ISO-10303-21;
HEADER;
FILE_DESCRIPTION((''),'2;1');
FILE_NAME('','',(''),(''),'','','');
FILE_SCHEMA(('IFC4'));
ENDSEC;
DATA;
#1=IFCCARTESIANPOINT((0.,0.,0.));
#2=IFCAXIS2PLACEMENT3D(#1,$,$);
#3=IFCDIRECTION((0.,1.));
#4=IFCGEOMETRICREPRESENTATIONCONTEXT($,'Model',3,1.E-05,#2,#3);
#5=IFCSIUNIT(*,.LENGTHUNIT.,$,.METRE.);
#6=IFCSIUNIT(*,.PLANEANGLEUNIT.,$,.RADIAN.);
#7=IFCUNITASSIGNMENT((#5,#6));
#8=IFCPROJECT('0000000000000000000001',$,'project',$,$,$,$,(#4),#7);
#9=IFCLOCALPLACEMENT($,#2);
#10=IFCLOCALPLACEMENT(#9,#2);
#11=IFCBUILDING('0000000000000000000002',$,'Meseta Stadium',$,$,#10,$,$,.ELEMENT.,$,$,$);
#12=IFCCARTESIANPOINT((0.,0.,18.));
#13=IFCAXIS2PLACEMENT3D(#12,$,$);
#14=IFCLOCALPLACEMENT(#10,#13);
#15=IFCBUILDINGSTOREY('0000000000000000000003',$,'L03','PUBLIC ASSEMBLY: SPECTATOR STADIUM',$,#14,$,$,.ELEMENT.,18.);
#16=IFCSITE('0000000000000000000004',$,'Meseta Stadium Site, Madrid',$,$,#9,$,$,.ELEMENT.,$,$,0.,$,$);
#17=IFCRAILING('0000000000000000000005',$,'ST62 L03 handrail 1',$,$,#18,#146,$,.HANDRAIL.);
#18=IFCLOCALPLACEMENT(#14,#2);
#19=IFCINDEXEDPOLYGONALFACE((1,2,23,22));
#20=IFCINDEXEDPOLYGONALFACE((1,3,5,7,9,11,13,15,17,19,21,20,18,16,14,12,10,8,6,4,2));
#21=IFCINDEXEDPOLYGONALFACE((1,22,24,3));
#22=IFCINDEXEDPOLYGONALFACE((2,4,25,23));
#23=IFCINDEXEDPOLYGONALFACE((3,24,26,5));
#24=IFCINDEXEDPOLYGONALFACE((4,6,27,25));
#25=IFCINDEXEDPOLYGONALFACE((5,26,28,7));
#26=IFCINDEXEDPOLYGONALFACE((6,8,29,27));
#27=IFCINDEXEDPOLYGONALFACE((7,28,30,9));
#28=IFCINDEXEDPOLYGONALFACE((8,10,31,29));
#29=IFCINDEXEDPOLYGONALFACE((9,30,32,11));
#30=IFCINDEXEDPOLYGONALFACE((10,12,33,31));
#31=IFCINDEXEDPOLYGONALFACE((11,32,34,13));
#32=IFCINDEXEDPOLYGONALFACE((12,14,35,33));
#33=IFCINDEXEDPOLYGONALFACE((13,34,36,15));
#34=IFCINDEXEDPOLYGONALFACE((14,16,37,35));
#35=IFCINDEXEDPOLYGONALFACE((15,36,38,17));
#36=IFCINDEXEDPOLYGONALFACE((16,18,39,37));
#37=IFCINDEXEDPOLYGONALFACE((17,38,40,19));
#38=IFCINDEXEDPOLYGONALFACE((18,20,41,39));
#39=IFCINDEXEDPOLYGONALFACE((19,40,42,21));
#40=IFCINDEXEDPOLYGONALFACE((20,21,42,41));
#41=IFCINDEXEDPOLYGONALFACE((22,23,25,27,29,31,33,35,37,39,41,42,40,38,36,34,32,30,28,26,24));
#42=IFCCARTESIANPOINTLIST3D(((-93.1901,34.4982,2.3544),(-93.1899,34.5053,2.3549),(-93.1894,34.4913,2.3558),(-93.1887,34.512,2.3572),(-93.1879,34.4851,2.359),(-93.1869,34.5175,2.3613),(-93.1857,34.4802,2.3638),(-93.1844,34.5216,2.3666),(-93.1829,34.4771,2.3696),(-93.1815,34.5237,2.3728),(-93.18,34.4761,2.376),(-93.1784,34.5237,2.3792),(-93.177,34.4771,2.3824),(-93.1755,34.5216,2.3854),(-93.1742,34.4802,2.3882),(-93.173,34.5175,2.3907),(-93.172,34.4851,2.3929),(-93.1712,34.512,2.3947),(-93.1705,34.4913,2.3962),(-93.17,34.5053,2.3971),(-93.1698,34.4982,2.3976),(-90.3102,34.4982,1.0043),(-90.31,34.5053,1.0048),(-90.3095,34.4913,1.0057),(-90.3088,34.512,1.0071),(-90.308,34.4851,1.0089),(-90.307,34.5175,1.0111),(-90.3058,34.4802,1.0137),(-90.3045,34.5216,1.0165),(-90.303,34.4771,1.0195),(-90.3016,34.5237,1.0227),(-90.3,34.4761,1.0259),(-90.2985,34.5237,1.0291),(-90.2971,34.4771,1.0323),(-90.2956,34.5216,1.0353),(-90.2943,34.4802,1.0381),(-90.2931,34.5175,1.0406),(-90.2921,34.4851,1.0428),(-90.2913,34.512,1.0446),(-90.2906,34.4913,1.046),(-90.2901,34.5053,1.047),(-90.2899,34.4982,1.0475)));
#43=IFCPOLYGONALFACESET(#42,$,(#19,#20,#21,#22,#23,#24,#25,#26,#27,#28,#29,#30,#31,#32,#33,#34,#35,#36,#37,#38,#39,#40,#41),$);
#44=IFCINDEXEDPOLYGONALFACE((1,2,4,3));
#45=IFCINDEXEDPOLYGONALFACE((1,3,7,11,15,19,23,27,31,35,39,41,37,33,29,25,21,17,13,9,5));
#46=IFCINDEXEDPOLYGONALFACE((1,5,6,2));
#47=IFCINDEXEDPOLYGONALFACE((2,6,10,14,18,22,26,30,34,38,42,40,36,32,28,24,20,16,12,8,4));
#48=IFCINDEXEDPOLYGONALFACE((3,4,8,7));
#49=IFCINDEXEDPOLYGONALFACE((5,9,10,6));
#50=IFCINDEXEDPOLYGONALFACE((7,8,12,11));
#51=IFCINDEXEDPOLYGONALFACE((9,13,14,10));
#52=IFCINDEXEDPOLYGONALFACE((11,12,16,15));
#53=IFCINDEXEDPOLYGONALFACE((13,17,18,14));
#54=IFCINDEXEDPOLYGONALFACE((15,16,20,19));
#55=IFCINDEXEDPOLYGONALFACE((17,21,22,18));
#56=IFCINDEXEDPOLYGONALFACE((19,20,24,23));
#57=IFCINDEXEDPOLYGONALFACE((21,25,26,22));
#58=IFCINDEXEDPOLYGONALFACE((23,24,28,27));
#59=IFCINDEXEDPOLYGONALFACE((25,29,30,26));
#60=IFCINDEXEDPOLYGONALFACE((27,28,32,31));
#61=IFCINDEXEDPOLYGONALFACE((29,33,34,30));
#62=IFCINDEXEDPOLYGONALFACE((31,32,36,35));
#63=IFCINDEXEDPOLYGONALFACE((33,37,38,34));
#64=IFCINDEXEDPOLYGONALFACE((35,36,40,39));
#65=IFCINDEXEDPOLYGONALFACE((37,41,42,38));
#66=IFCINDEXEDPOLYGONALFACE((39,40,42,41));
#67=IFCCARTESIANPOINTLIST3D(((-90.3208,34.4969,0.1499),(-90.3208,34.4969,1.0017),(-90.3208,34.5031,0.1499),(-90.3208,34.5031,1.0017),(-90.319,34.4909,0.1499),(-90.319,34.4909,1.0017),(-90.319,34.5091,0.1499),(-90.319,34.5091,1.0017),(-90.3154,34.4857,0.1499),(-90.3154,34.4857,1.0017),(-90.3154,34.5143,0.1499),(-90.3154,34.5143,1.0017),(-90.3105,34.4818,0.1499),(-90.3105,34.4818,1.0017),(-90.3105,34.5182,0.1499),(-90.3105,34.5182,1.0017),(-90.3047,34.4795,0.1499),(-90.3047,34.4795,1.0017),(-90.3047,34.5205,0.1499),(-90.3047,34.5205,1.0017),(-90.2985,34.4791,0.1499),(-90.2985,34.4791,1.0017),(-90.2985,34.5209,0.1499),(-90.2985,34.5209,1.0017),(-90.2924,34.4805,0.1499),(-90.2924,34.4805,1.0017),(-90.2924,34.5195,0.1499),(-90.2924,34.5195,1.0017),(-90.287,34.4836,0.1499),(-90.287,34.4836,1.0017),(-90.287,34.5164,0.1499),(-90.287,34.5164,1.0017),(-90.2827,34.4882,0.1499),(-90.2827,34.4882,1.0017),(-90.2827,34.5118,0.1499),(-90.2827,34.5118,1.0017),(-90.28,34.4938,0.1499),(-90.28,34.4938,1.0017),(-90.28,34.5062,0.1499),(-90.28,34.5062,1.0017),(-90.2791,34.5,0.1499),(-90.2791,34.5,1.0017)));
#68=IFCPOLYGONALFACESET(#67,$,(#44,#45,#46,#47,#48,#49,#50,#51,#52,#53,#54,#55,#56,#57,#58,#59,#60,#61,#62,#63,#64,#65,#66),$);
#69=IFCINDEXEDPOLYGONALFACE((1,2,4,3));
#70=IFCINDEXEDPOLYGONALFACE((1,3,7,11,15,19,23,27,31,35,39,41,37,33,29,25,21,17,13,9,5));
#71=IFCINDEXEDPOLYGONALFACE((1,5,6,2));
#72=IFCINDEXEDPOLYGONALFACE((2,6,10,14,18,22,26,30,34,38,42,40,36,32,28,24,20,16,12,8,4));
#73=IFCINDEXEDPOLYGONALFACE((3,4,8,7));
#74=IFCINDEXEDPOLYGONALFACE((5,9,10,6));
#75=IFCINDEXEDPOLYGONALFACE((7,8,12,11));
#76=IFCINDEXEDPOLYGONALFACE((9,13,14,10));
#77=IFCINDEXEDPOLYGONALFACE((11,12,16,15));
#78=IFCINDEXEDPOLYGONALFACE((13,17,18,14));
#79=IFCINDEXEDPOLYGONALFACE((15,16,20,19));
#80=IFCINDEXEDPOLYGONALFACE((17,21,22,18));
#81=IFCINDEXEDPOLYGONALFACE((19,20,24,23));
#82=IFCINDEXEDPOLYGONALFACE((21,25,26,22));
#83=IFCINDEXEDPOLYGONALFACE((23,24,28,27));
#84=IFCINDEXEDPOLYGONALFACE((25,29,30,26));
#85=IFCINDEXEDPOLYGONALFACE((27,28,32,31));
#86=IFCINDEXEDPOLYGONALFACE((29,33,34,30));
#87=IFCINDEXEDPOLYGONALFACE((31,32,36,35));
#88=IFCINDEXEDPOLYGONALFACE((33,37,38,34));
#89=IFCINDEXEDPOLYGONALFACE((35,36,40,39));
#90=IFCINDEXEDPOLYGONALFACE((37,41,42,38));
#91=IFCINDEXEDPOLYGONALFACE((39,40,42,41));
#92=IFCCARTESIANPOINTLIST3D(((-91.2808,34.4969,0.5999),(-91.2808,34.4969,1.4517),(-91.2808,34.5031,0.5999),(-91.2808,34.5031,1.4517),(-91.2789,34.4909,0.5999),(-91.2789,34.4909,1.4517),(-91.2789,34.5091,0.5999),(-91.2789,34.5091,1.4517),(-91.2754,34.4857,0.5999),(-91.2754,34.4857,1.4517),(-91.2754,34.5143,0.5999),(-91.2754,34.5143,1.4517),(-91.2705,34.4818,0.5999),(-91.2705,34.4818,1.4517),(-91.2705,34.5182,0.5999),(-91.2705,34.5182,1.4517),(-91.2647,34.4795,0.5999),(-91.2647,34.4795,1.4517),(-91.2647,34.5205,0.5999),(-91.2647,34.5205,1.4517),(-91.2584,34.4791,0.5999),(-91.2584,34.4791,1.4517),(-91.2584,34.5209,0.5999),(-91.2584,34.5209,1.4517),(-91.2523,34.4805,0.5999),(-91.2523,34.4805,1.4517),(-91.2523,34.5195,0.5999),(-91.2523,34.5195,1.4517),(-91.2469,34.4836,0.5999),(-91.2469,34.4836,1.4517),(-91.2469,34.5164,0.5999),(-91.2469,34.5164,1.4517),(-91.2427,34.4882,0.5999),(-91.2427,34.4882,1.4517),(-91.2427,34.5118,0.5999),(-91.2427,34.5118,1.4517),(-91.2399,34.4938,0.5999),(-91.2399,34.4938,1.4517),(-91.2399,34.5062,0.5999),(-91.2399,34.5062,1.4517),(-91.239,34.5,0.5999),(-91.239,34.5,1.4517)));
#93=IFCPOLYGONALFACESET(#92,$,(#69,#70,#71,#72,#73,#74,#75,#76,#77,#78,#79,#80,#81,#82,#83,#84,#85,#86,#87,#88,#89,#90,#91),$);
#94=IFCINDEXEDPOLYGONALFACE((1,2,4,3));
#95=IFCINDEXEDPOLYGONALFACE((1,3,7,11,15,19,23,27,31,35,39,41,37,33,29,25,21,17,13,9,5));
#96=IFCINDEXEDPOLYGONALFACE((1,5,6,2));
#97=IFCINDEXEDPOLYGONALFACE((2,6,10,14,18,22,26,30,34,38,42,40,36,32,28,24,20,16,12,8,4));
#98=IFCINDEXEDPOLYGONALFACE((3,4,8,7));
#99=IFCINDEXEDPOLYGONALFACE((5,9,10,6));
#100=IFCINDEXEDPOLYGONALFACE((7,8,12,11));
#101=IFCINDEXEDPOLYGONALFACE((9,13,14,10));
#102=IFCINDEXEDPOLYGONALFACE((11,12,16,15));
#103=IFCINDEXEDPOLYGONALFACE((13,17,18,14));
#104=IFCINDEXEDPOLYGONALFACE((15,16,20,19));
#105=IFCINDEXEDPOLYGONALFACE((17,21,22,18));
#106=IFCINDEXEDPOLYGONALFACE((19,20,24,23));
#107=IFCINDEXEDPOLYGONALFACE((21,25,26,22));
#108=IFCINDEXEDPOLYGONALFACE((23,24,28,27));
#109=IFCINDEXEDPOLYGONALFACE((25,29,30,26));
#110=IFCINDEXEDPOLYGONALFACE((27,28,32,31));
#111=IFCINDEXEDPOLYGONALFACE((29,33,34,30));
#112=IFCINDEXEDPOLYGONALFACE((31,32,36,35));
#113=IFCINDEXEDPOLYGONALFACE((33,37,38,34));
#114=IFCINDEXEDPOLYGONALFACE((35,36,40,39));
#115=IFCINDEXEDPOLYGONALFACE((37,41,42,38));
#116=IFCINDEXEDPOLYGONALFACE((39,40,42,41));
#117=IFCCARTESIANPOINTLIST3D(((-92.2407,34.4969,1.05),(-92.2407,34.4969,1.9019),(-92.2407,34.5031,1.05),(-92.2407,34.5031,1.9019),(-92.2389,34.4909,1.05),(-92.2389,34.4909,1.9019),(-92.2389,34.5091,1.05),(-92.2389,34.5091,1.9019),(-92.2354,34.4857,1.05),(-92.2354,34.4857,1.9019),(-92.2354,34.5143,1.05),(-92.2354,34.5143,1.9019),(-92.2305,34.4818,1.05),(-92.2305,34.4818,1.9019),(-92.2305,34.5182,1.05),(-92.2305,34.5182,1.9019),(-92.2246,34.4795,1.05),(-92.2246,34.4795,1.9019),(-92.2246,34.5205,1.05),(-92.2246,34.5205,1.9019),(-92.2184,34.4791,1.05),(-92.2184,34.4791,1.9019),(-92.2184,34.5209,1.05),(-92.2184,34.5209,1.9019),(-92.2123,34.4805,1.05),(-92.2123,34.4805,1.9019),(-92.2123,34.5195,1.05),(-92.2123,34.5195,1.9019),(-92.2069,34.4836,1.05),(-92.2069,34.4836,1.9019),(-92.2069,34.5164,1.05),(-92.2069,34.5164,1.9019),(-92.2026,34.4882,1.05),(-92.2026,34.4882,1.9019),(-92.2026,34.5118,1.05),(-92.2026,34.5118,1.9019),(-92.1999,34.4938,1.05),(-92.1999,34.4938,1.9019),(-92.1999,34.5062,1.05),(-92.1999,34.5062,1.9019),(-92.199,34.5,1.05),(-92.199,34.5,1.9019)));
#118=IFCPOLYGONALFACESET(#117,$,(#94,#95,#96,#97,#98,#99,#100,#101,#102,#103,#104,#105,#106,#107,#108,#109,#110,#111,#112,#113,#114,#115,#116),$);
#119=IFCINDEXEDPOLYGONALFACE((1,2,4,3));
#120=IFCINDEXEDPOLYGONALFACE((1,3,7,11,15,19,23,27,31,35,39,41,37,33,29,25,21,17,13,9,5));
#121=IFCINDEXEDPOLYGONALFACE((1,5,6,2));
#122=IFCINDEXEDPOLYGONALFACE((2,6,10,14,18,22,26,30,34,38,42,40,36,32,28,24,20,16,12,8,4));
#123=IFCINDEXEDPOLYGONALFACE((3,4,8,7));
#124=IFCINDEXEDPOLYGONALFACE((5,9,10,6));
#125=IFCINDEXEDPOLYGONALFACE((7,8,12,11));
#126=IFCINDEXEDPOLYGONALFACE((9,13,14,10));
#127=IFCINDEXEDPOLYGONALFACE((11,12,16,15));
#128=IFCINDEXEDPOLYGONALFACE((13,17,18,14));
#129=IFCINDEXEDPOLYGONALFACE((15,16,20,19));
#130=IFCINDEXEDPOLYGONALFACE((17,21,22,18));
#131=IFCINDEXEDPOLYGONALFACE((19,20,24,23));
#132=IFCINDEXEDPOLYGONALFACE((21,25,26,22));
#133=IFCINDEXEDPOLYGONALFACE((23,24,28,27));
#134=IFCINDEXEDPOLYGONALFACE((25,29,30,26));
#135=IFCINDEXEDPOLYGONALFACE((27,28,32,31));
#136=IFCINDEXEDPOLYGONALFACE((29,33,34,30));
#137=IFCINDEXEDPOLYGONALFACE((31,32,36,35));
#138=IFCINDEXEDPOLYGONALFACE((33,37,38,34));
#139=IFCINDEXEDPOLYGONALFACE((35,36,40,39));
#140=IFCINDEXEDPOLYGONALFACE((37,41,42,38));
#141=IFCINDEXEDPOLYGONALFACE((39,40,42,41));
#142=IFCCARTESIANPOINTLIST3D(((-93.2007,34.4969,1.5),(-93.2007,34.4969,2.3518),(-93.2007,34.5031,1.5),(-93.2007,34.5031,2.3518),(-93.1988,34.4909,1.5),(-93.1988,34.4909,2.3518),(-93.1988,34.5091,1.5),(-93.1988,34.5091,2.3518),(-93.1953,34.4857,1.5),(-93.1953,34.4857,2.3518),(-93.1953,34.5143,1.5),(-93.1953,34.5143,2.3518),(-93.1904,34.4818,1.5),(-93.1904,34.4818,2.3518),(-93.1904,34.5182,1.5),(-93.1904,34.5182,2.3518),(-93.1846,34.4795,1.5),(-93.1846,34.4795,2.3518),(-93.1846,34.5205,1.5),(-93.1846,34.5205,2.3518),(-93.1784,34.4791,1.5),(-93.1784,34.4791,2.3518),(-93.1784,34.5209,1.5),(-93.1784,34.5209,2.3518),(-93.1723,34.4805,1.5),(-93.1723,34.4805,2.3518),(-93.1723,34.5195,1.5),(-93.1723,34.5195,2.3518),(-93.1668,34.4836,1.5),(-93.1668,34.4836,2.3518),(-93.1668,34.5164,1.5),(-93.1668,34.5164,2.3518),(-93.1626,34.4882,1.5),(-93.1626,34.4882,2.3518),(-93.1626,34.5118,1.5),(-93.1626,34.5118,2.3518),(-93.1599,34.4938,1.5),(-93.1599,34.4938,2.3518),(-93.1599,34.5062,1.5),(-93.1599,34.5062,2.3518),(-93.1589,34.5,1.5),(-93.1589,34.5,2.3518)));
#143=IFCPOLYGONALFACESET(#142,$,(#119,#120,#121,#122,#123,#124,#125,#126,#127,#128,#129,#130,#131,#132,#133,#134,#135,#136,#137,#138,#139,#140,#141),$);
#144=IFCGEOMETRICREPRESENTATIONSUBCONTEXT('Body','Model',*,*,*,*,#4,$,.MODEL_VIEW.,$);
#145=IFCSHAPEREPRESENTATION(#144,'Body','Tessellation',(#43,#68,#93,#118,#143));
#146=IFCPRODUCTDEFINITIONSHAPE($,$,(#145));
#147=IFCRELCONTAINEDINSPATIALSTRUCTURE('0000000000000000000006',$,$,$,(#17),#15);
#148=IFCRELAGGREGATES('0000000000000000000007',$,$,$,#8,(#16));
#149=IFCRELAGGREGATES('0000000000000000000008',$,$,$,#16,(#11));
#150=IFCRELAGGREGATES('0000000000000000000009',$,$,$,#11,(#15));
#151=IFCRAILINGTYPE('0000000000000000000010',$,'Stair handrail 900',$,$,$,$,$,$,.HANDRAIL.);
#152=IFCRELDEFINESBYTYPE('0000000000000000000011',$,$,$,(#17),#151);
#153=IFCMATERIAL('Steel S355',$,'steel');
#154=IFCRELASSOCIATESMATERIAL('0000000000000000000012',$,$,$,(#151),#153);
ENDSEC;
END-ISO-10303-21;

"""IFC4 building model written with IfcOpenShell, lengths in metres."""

from ifc_helpers import new_model, si_unit, direction, frame, origin, origin_2d, place, context, subcontext, project, spatial, circle, extrude, material, type_object, element, save


model = new_model("IFC4")

# Units and contexts
model_context = context("Model", 3, precision=1e-05, world=origin(), true_north=direction((0.0, 1.0)))
body_context = subcontext(model_context, "Body", "Model", "MODEL_VIEW")
ifc_project = project(units=[si_unit("LENGTHUNIT", "METRE"), si_unit("PLANEANGLEUNIT", "RADIAN")], contexts=[model_context])

# Site, building, storey
site_placement = place(None, origin())
site = spatial("IfcSite", under=ifc_project, at=site_placement, Name="Meseta Stadium Site, Madrid", CompositionType="ELEMENT", RefElevation=0.0)
building_placement = place(site_placement, origin())
building = spatial("IfcBuilding", under=site, at=building_placement, Name="Meseta Stadium", CompositionType="ELEMENT")
storey_placement = place(building_placement, frame((0.0, 0.0, 18.0)))
storey = spatial("IfcBuildingStorey", under=building, at=storey_placement, Name="L03", Description="PUBLIC ASSEMBLY: SPECTATOR STADIUM", CompositionType="ELEMENT", Elevation=18.0)

# Railing
ifc_material_1 = material(Name="Steel S355", Category="steel")
railing_type_1 = type_object("IfcRailingType", Name="Stair handrail 900", PredefinedType="HANDRAIL", material=ifc_material_1)
for number, where, name in (
    (1, (-90.3, 34.5, 0.1499), "ST62 L03 handrail 1"),
):
    element("IfcRailing", number, at=place(storey_placement, frame(where)), inside=storey, type_object=railing_type_1, Name=name, PredefinedType="HANDRAIL", context=body_context, shape_type="SweptSolid", body=[
        extrude(circle(Radius=0.0239, at=origin_2d()), frame((0.0, 0.0, 0.876), z_axis=(-0.90544, 0.0, 0.424473), x_axis=(0.0, -1.0, 0.0)), (0.0, 0.0, 1.0), 3.1807),
        extrude(circle(Radius=0.021, at=origin_2d()), origin(), (0.0, 0.0, 1.0), 0.8518),
        extrude(circle(Radius=0.021, at=origin_2d()), frame((-0.96, 0.0, 0.45)), (0.0, 0.0, 1.0), 0.8518),
        extrude(circle(Radius=0.021, at=origin_2d()), frame((-1.9199, 0.0, 0.9001)), (0.0, 0.0, 1.0), 0.8518),
        extrude(circle(Radius=0.021, at=origin_2d()), frame((-2.8799, 0.0, 1.3501)), (0.0, 0.0, 1.0), 0.8518),
    ])

save(model, "model.ifc")
